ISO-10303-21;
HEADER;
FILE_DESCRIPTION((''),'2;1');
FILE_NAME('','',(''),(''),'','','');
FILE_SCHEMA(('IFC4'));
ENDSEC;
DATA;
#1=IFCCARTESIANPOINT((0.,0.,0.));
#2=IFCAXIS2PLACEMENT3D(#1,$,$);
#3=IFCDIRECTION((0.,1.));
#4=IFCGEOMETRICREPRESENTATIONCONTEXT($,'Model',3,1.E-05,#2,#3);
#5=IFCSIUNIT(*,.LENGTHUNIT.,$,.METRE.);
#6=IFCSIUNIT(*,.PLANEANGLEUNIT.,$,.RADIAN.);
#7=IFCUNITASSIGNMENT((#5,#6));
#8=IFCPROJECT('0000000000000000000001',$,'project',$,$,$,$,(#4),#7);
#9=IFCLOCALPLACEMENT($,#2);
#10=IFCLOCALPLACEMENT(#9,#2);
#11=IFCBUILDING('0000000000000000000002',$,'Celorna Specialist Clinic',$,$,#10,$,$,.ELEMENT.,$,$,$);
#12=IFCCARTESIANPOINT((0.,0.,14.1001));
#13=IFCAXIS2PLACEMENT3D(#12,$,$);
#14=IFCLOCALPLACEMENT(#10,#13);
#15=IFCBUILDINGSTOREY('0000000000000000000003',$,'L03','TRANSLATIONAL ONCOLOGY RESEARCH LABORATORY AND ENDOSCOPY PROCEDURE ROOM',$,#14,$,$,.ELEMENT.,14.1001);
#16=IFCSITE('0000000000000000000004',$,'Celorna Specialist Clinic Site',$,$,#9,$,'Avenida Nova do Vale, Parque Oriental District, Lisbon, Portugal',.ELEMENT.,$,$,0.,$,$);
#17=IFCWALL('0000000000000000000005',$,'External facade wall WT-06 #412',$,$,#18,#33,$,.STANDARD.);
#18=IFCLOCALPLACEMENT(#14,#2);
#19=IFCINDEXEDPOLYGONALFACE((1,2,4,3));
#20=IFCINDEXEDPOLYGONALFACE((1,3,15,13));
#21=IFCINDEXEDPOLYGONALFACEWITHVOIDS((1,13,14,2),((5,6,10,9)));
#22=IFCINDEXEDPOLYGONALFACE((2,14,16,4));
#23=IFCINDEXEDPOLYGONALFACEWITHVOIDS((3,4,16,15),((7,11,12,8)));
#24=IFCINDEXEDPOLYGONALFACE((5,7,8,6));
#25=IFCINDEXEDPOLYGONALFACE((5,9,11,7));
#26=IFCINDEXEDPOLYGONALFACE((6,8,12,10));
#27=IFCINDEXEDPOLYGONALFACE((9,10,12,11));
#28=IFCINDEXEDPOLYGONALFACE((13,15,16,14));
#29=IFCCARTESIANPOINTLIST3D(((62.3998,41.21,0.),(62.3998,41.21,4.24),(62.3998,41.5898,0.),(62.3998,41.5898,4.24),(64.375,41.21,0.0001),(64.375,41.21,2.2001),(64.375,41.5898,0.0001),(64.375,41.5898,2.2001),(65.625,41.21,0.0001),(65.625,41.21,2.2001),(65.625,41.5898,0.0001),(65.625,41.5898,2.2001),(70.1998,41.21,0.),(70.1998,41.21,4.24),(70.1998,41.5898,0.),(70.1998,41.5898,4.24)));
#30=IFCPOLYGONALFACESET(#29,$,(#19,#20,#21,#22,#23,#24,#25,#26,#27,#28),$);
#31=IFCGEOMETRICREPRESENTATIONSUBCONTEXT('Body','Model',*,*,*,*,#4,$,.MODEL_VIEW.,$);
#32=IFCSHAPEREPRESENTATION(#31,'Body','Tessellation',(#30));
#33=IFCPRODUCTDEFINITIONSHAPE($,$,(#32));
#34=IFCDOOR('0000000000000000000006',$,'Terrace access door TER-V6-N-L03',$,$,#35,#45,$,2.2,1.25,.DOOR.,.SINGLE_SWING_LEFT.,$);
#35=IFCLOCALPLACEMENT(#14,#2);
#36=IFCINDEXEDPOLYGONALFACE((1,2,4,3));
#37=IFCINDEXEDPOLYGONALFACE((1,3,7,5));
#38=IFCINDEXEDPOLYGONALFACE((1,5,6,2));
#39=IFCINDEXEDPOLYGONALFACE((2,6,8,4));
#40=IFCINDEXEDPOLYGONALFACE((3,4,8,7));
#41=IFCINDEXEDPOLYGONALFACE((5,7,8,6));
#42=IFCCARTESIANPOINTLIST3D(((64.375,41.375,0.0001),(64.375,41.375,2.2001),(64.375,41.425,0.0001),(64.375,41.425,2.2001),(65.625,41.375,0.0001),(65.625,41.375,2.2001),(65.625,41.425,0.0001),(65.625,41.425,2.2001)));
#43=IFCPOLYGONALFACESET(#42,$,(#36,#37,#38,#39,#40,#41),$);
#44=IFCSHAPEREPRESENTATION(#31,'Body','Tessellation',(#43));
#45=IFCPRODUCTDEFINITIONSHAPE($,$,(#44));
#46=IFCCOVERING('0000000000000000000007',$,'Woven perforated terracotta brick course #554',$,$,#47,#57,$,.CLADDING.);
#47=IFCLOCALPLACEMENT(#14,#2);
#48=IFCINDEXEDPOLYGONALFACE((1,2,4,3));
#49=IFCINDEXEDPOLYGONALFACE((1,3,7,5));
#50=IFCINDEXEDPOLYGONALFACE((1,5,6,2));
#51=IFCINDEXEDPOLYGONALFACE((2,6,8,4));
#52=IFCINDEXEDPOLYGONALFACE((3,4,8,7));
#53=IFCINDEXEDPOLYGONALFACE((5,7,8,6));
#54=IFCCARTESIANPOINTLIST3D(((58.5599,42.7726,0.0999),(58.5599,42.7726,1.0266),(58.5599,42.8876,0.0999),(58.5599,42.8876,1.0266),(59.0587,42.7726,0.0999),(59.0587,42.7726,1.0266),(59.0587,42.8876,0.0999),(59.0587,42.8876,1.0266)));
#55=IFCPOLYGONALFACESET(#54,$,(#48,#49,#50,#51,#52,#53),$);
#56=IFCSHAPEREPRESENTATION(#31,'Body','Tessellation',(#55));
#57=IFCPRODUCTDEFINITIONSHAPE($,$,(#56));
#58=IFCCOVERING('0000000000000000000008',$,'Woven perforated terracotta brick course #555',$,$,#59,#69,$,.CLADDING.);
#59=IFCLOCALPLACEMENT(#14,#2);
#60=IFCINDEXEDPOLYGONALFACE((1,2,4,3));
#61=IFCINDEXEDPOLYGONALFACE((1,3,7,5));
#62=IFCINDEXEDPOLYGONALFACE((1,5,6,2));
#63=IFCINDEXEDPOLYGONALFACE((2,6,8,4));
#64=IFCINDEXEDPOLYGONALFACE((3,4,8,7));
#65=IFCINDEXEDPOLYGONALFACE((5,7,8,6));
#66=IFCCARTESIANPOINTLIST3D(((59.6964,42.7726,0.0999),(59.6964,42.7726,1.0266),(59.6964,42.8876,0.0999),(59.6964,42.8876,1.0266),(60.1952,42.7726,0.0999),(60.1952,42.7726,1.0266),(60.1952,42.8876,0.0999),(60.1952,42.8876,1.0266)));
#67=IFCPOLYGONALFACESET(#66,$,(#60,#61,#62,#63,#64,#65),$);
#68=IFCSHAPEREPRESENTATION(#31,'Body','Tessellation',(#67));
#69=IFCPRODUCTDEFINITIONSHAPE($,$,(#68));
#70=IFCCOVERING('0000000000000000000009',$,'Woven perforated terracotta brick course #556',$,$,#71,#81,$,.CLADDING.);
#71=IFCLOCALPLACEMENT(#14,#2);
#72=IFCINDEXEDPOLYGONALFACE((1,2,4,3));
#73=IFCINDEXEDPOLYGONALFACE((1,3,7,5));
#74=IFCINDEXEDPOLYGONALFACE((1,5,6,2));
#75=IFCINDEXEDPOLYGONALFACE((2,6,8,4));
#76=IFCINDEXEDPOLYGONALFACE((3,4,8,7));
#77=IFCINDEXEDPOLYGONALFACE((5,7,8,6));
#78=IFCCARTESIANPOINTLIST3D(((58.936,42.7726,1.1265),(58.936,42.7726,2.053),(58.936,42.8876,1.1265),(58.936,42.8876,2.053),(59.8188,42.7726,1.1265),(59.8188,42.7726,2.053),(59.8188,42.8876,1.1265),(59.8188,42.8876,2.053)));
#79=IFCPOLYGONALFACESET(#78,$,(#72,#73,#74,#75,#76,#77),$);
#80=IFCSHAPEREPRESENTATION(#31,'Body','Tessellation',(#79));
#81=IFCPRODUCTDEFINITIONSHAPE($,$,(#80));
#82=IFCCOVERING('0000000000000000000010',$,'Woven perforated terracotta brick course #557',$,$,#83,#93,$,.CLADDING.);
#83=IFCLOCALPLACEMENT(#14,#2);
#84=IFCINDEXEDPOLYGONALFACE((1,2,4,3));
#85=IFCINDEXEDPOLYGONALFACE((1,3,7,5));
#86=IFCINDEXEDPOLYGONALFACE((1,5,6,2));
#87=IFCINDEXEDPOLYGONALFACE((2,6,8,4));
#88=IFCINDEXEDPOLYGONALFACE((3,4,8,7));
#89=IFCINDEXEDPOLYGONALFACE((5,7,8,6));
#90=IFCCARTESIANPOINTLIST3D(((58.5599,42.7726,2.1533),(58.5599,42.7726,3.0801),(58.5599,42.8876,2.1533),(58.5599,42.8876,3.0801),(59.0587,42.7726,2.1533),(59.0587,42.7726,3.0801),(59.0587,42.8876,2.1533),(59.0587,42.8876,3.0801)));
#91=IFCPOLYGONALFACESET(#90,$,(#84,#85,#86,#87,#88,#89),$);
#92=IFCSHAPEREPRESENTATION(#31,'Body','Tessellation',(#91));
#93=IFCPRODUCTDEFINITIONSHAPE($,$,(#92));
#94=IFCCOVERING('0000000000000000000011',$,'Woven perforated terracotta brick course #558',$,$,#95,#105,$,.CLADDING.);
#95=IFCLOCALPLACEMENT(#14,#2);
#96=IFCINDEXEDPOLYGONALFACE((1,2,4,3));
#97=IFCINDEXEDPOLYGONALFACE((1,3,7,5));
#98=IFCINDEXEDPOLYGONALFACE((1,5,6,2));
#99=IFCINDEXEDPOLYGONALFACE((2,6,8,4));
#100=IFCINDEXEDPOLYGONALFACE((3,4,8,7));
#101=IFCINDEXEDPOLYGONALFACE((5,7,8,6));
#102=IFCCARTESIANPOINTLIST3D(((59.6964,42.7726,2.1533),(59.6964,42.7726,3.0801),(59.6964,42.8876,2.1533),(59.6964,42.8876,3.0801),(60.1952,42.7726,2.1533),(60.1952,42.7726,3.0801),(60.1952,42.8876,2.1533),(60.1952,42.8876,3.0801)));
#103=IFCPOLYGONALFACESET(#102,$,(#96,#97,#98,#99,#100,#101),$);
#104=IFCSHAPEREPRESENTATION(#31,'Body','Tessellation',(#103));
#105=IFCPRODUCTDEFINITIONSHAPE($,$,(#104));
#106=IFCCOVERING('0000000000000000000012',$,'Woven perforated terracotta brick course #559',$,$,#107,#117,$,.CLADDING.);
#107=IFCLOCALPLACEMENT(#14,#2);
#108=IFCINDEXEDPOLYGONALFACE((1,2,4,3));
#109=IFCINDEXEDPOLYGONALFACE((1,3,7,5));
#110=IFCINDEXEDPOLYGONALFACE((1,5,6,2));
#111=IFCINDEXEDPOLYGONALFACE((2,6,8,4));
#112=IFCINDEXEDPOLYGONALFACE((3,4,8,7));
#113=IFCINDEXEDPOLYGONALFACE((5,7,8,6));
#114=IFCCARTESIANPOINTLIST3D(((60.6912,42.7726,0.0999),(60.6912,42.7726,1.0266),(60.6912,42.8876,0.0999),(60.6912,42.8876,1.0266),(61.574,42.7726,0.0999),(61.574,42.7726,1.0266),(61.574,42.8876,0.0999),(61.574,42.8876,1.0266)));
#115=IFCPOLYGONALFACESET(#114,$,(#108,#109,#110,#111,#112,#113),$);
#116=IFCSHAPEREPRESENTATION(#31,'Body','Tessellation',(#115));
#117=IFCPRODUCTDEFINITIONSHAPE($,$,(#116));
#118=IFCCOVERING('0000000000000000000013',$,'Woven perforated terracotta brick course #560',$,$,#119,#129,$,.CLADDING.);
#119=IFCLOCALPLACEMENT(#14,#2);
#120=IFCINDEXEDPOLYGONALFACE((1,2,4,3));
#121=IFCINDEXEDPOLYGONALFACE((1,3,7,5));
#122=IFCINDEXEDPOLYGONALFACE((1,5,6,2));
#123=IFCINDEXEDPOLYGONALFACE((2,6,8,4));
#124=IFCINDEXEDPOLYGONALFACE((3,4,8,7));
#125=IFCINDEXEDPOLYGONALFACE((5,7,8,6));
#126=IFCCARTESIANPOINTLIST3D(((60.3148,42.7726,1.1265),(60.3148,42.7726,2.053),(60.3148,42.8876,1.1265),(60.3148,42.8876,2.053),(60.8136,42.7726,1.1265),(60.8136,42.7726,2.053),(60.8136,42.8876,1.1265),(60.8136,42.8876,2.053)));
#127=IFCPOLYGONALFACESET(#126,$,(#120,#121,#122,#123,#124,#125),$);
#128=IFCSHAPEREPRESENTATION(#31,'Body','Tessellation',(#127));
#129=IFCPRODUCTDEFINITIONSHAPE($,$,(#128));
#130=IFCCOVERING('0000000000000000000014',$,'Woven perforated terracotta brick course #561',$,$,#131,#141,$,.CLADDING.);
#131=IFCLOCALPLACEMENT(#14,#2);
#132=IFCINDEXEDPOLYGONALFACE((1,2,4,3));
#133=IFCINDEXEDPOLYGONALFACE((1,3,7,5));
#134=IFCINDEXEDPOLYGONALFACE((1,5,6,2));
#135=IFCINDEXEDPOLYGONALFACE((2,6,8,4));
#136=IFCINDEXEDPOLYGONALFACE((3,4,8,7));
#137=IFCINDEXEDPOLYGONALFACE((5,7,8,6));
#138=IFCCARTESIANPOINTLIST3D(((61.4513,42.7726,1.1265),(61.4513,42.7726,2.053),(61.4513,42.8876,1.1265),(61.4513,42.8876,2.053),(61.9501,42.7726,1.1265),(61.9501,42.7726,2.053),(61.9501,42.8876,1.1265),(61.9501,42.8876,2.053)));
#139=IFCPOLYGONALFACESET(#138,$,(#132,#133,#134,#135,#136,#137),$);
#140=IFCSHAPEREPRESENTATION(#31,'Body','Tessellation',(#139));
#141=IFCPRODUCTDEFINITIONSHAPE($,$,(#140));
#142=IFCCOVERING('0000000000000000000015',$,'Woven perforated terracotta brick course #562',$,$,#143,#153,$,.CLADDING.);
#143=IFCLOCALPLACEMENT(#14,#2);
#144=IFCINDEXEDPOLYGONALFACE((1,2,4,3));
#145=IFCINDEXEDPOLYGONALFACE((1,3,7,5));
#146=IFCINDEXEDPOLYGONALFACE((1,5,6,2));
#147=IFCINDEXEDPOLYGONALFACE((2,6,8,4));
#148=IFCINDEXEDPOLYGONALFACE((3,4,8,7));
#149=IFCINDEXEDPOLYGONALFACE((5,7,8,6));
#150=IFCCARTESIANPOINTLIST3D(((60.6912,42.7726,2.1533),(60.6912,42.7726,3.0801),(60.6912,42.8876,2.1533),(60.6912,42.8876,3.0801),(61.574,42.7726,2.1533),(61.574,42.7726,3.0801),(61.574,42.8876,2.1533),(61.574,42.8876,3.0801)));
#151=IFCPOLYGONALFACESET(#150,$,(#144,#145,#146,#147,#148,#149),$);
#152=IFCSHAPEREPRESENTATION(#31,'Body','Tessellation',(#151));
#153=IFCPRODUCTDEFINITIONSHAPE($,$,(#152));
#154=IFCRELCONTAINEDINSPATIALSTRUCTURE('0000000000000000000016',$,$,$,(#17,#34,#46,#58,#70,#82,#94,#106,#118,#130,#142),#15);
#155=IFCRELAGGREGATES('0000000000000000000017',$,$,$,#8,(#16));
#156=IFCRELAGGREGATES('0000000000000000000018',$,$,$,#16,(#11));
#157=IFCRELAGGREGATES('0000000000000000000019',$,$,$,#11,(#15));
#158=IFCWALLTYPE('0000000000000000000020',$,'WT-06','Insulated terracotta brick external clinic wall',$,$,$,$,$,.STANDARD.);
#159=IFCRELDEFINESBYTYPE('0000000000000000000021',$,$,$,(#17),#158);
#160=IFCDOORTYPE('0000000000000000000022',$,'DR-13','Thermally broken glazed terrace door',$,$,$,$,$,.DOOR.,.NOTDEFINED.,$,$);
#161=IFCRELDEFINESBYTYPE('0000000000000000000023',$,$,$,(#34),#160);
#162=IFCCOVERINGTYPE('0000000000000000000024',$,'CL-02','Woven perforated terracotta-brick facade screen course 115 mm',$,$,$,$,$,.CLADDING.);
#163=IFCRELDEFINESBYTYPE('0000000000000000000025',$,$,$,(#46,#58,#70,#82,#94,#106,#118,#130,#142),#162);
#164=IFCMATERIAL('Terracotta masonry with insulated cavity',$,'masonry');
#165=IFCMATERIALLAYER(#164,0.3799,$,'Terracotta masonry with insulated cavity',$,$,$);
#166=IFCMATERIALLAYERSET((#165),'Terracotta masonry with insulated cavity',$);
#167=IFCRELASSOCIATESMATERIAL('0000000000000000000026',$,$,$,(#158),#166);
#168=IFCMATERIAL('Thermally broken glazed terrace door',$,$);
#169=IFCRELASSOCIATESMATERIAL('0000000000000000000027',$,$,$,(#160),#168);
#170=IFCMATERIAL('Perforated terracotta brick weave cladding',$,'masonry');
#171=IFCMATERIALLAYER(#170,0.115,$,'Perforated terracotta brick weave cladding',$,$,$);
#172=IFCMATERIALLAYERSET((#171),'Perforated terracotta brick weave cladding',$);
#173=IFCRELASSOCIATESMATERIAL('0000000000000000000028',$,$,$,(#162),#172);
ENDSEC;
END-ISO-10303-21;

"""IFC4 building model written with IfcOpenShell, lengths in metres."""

from ifc_helpers import new_model, si_unit, direction, frame, frame_2d, origin, origin_2d, place, context, subcontext, project, spatial, rectangle, extrude, material, layer, layer_set, type_object, element, fill, save


model = new_model("IFC4")

# Units and contexts
model_context = context("Model", 3, precision=1e-05, world=origin(), true_north=direction((0.0, 1.0)))
body_context = subcontext(model_context, "Body", "Model", "MODEL_VIEW")
ifc_project = project(units=[si_unit("LENGTHUNIT", "METRE"), si_unit("PLANEANGLEUNIT", "RADIAN")], contexts=[model_context])

# Site, building, storey
site_placement = place(None, origin())
site = spatial("IfcSite", under=ifc_project, at=site_placement, Name="Celorna Specialist Clinic Site", LongName="Avenida Nova do Vale, Parque Oriental District, Lisbon, Portugal", CompositionType="ELEMENT", RefElevation=0.0)
building_placement = place(site_placement, origin())
building = spatial("IfcBuilding", under=site, at=building_placement, Name="Celorna Specialist Clinic", CompositionType="ELEMENT")
storey_placement = place(building_placement, frame((0.0, 0.0, 14.1001)))
storey = spatial("IfcBuildingStorey", under=building, at=storey_placement, Name="L03", Description="TRANSLATIONAL ONCOLOGY RESEARCH LABORATORY AND ENDOSCOPY PROCEDURE ROOM", CompositionType="ELEMENT", Elevation=14.1001)

# Wall, opening, door
ifc_material_1 = material(Name="Terracotta masonry with insulated cavity", Category="masonry")
ifc_layer_1 = layer(ifc_material_1, 0.3799, Name="Terracotta masonry with insulated cavity")
ifc_layer_set_1 = layer_set([ifc_layer_1], Name="Terracotta masonry with insulated cavity")
wall_type = type_object("IfcWallType", Name="WT-06", Description="Insulated terracotta brick external clinic wall", PredefinedType="STANDARD", material=ifc_layer_set_1)
wall_placement = place(storey_placement, frame((62.3999, 41.3999, 0.0), z_axis=(0.0, 0.0, 1.0), x_axis=(1.0, 0.0, 0.0)))
wall = element("IfcWall", 1, at=wall_placement, inside=storey, type_object=wall_type, Name="External facade wall WT-06 #412", PredefinedType="STANDARD", context=body_context, shape_type="SweptSolid", body=[
    extrude(rectangle(XDim=7.8, YDim=0.3799, at=frame_2d((3.8999, 0.0))), origin(), (0.0, 0.0, 1.0), 4.24),
])
opening_placement = place(wall_placement, frame((1.9751, 0.0, 0.0)))
opening = element("IfcOpeningElement", 2, at=opening_placement, cuts=wall, PredefinedType="OPENING", context=body_context, shape_type="SweptSolid", body=[
    extrude(rectangle(XDim=1.25, YDim=2.2, at=frame_2d((0.625, 1.1001))), frame((0.0, 0.2, 0.0), z_axis=(0.0, -1.0, 0.0), x_axis=(1.0, 0.0, 0.0)), (0.0, 0.0, 1.0), 0.3999),
])
ifc_material_2 = material(Name="Thermally broken glazed terrace door")
door_type = type_object("IfcDoorType", Name="DR-13", Description="Thermally broken glazed terrace door", OperationType="NOTDEFINED", PredefinedType="DOOR", material=ifc_material_2)
door_placement = place(opening_placement, frame((1.25, 0.0, 0.0), z_axis=(0.0, 0.0, 1.0), x_axis=(-1.0, 0.0, 0.0)))
door = element("IfcDoor", 3, at=door_placement, inside=storey, type_object=door_type, Name="Terrace access door TER-V6-N-L03", OperationType="SINGLE_SWING_LEFT", OverallHeight=2.2, OverallWidth=1.25, PredefinedType="DOOR", context=body_context, shape_type="SweptSolid", body=[
    extrude(rectangle(XDim=1.25, YDim=2.2, at=frame_2d((0.625, 1.1001))), frame((0.0, 0.0249, 0.0), z_axis=(0.0, -1.0, 0.0), x_axis=(1.0, 0.0, 0.0)), (0.0, 0.0, 1.0), 0.05),
])
fill(opening, door)

# Coverings
ifc_material_3 = material(Name="Perforated terracotta brick weave cladding", Category="masonry")
ifc_layer_2 = layer(ifc_material_3, 0.115, Name="Perforated terracotta brick weave cladding")
ifc_layer_set_2 = layer_set([ifc_layer_2], Name="Perforated terracotta brick weave cladding")
covering_type = type_object("IfcCoveringType", Name="CL-02", Description="Woven perforated terracotta-brick facade screen course 115 mm", PredefinedType="CLADDING", material=ifc_layer_set_2)
for number, where, z_axis, x_axis, name in (
    (4, (58.8093, 42.8301, 0.0999), (0.0, 0.0, 1.0), (1.0, 0.0, 0.0), "Woven perforated terracotta brick course #554"),
    (5, (59.9458, 42.8301, 0.0999), (0.0, 0.0, 1.0), (1.0, 0.0, 0.0), "Woven perforated terracotta brick course #555"),
):
    element("IfcCovering", number, at=place(storey_placement, frame(where, z_axis=z_axis, x_axis=x_axis)), inside=storey, type_object=covering_type, Name=name, PredefinedType="CLADDING", context=body_context, shape_type="SweptSolid", body=[
        extrude(rectangle(XDim=0.4988, YDim=0.115, at=origin_2d()), origin(), (0.0, 0.0, 1.0), 0.9268),
    ])
covering_1_placement = place(storey_placement, frame((59.3774, 42.8301, 1.1265), z_axis=(0.0, 0.0, 1.0), x_axis=(1.0, 0.0, 0.0)))
element("IfcCovering", 6, at=covering_1_placement, inside=storey, type_object=covering_type, Name="Woven perforated terracotta brick course #556", PredefinedType="CLADDING", context=body_context, shape_type="SweptSolid", body=[
    extrude(rectangle(XDim=0.8828, YDim=0.115, at=origin_2d()), origin(), (0.0, 0.0, 1.0), 0.9265),
])
for number, where, z_axis, x_axis, name in (
    (7, (58.8093, 42.8301, 2.1533), (0.0, 0.0, 1.0), (1.0, 0.0, 0.0), "Woven perforated terracotta brick course #557"),
    (8, (59.9458, 42.8301, 2.1533), (0.0, 0.0, 1.0), (1.0, 0.0, 0.0), "Woven perforated terracotta brick course #558"),
):
    element("IfcCovering", number, at=place(storey_placement, frame(where, z_axis=z_axis, x_axis=x_axis)), inside=storey, type_object=covering_type, Name=name, PredefinedType="CLADDING", context=body_context, shape_type="SweptSolid", body=[
        extrude(rectangle(XDim=0.4988, YDim=0.115, at=origin_2d()), origin(), (0.0, 0.0, 1.0), 0.9268),
    ])
covering_2_placement = place(storey_placement, frame((61.1326, 42.8301, 0.0999), z_axis=(0.0, 0.0, 1.0), x_axis=(1.0, 0.0, 0.0)))
element("IfcCovering", 9, at=covering_2_placement, inside=storey, type_object=covering_type, Name="Woven perforated terracotta brick course #559", PredefinedType="CLADDING", context=body_context, shape_type="SweptSolid", body=[
    extrude(rectangle(XDim=0.8828, YDim=0.115, at=origin_2d()), origin(), (0.0, 0.0, 1.0), 0.9268),
])
for number, where, z_axis, x_axis, name in (
    (10, (60.5642, 42.8301, 1.1265), (0.0, 0.0, 1.0), (1.0, 0.0, 0.0), "Woven perforated terracotta brick course #560"),
    (11, (61.7007, 42.8301, 1.1265), (0.0, 0.0, 1.0), (1.0, 0.0, 0.0), "Woven perforated terracotta brick course #561"),
):
    element("IfcCovering", number, at=place(storey_placement, frame(where, z_axis=z_axis, x_axis=x_axis)), inside=storey, type_object=covering_type, Name=name, PredefinedType="CLADDING", context=body_context, shape_type="SweptSolid", body=[
        extrude(rectangle(XDim=0.4988, YDim=0.115, at=origin_2d()), origin(), (0.0, 0.0, 1.0), 0.9265),
    ])
covering_3_placement = place(storey_placement, frame((61.1326, 42.8301, 2.1533), z_axis=(0.0, 0.0, 1.0), x_axis=(1.0, 0.0, 0.0)))
element("IfcCovering", 12, at=covering_3_placement, inside=storey, type_object=covering_type, Name="Woven perforated terracotta brick course #562", PredefinedType="CLADDING", context=body_context, shape_type="SweptSolid", body=[
    extrude(rectangle(XDim=0.8828, YDim=0.115, at=origin_2d()), origin(), (0.0, 0.0, 1.0), 0.9268),
])

save(model, "model.ifc")
